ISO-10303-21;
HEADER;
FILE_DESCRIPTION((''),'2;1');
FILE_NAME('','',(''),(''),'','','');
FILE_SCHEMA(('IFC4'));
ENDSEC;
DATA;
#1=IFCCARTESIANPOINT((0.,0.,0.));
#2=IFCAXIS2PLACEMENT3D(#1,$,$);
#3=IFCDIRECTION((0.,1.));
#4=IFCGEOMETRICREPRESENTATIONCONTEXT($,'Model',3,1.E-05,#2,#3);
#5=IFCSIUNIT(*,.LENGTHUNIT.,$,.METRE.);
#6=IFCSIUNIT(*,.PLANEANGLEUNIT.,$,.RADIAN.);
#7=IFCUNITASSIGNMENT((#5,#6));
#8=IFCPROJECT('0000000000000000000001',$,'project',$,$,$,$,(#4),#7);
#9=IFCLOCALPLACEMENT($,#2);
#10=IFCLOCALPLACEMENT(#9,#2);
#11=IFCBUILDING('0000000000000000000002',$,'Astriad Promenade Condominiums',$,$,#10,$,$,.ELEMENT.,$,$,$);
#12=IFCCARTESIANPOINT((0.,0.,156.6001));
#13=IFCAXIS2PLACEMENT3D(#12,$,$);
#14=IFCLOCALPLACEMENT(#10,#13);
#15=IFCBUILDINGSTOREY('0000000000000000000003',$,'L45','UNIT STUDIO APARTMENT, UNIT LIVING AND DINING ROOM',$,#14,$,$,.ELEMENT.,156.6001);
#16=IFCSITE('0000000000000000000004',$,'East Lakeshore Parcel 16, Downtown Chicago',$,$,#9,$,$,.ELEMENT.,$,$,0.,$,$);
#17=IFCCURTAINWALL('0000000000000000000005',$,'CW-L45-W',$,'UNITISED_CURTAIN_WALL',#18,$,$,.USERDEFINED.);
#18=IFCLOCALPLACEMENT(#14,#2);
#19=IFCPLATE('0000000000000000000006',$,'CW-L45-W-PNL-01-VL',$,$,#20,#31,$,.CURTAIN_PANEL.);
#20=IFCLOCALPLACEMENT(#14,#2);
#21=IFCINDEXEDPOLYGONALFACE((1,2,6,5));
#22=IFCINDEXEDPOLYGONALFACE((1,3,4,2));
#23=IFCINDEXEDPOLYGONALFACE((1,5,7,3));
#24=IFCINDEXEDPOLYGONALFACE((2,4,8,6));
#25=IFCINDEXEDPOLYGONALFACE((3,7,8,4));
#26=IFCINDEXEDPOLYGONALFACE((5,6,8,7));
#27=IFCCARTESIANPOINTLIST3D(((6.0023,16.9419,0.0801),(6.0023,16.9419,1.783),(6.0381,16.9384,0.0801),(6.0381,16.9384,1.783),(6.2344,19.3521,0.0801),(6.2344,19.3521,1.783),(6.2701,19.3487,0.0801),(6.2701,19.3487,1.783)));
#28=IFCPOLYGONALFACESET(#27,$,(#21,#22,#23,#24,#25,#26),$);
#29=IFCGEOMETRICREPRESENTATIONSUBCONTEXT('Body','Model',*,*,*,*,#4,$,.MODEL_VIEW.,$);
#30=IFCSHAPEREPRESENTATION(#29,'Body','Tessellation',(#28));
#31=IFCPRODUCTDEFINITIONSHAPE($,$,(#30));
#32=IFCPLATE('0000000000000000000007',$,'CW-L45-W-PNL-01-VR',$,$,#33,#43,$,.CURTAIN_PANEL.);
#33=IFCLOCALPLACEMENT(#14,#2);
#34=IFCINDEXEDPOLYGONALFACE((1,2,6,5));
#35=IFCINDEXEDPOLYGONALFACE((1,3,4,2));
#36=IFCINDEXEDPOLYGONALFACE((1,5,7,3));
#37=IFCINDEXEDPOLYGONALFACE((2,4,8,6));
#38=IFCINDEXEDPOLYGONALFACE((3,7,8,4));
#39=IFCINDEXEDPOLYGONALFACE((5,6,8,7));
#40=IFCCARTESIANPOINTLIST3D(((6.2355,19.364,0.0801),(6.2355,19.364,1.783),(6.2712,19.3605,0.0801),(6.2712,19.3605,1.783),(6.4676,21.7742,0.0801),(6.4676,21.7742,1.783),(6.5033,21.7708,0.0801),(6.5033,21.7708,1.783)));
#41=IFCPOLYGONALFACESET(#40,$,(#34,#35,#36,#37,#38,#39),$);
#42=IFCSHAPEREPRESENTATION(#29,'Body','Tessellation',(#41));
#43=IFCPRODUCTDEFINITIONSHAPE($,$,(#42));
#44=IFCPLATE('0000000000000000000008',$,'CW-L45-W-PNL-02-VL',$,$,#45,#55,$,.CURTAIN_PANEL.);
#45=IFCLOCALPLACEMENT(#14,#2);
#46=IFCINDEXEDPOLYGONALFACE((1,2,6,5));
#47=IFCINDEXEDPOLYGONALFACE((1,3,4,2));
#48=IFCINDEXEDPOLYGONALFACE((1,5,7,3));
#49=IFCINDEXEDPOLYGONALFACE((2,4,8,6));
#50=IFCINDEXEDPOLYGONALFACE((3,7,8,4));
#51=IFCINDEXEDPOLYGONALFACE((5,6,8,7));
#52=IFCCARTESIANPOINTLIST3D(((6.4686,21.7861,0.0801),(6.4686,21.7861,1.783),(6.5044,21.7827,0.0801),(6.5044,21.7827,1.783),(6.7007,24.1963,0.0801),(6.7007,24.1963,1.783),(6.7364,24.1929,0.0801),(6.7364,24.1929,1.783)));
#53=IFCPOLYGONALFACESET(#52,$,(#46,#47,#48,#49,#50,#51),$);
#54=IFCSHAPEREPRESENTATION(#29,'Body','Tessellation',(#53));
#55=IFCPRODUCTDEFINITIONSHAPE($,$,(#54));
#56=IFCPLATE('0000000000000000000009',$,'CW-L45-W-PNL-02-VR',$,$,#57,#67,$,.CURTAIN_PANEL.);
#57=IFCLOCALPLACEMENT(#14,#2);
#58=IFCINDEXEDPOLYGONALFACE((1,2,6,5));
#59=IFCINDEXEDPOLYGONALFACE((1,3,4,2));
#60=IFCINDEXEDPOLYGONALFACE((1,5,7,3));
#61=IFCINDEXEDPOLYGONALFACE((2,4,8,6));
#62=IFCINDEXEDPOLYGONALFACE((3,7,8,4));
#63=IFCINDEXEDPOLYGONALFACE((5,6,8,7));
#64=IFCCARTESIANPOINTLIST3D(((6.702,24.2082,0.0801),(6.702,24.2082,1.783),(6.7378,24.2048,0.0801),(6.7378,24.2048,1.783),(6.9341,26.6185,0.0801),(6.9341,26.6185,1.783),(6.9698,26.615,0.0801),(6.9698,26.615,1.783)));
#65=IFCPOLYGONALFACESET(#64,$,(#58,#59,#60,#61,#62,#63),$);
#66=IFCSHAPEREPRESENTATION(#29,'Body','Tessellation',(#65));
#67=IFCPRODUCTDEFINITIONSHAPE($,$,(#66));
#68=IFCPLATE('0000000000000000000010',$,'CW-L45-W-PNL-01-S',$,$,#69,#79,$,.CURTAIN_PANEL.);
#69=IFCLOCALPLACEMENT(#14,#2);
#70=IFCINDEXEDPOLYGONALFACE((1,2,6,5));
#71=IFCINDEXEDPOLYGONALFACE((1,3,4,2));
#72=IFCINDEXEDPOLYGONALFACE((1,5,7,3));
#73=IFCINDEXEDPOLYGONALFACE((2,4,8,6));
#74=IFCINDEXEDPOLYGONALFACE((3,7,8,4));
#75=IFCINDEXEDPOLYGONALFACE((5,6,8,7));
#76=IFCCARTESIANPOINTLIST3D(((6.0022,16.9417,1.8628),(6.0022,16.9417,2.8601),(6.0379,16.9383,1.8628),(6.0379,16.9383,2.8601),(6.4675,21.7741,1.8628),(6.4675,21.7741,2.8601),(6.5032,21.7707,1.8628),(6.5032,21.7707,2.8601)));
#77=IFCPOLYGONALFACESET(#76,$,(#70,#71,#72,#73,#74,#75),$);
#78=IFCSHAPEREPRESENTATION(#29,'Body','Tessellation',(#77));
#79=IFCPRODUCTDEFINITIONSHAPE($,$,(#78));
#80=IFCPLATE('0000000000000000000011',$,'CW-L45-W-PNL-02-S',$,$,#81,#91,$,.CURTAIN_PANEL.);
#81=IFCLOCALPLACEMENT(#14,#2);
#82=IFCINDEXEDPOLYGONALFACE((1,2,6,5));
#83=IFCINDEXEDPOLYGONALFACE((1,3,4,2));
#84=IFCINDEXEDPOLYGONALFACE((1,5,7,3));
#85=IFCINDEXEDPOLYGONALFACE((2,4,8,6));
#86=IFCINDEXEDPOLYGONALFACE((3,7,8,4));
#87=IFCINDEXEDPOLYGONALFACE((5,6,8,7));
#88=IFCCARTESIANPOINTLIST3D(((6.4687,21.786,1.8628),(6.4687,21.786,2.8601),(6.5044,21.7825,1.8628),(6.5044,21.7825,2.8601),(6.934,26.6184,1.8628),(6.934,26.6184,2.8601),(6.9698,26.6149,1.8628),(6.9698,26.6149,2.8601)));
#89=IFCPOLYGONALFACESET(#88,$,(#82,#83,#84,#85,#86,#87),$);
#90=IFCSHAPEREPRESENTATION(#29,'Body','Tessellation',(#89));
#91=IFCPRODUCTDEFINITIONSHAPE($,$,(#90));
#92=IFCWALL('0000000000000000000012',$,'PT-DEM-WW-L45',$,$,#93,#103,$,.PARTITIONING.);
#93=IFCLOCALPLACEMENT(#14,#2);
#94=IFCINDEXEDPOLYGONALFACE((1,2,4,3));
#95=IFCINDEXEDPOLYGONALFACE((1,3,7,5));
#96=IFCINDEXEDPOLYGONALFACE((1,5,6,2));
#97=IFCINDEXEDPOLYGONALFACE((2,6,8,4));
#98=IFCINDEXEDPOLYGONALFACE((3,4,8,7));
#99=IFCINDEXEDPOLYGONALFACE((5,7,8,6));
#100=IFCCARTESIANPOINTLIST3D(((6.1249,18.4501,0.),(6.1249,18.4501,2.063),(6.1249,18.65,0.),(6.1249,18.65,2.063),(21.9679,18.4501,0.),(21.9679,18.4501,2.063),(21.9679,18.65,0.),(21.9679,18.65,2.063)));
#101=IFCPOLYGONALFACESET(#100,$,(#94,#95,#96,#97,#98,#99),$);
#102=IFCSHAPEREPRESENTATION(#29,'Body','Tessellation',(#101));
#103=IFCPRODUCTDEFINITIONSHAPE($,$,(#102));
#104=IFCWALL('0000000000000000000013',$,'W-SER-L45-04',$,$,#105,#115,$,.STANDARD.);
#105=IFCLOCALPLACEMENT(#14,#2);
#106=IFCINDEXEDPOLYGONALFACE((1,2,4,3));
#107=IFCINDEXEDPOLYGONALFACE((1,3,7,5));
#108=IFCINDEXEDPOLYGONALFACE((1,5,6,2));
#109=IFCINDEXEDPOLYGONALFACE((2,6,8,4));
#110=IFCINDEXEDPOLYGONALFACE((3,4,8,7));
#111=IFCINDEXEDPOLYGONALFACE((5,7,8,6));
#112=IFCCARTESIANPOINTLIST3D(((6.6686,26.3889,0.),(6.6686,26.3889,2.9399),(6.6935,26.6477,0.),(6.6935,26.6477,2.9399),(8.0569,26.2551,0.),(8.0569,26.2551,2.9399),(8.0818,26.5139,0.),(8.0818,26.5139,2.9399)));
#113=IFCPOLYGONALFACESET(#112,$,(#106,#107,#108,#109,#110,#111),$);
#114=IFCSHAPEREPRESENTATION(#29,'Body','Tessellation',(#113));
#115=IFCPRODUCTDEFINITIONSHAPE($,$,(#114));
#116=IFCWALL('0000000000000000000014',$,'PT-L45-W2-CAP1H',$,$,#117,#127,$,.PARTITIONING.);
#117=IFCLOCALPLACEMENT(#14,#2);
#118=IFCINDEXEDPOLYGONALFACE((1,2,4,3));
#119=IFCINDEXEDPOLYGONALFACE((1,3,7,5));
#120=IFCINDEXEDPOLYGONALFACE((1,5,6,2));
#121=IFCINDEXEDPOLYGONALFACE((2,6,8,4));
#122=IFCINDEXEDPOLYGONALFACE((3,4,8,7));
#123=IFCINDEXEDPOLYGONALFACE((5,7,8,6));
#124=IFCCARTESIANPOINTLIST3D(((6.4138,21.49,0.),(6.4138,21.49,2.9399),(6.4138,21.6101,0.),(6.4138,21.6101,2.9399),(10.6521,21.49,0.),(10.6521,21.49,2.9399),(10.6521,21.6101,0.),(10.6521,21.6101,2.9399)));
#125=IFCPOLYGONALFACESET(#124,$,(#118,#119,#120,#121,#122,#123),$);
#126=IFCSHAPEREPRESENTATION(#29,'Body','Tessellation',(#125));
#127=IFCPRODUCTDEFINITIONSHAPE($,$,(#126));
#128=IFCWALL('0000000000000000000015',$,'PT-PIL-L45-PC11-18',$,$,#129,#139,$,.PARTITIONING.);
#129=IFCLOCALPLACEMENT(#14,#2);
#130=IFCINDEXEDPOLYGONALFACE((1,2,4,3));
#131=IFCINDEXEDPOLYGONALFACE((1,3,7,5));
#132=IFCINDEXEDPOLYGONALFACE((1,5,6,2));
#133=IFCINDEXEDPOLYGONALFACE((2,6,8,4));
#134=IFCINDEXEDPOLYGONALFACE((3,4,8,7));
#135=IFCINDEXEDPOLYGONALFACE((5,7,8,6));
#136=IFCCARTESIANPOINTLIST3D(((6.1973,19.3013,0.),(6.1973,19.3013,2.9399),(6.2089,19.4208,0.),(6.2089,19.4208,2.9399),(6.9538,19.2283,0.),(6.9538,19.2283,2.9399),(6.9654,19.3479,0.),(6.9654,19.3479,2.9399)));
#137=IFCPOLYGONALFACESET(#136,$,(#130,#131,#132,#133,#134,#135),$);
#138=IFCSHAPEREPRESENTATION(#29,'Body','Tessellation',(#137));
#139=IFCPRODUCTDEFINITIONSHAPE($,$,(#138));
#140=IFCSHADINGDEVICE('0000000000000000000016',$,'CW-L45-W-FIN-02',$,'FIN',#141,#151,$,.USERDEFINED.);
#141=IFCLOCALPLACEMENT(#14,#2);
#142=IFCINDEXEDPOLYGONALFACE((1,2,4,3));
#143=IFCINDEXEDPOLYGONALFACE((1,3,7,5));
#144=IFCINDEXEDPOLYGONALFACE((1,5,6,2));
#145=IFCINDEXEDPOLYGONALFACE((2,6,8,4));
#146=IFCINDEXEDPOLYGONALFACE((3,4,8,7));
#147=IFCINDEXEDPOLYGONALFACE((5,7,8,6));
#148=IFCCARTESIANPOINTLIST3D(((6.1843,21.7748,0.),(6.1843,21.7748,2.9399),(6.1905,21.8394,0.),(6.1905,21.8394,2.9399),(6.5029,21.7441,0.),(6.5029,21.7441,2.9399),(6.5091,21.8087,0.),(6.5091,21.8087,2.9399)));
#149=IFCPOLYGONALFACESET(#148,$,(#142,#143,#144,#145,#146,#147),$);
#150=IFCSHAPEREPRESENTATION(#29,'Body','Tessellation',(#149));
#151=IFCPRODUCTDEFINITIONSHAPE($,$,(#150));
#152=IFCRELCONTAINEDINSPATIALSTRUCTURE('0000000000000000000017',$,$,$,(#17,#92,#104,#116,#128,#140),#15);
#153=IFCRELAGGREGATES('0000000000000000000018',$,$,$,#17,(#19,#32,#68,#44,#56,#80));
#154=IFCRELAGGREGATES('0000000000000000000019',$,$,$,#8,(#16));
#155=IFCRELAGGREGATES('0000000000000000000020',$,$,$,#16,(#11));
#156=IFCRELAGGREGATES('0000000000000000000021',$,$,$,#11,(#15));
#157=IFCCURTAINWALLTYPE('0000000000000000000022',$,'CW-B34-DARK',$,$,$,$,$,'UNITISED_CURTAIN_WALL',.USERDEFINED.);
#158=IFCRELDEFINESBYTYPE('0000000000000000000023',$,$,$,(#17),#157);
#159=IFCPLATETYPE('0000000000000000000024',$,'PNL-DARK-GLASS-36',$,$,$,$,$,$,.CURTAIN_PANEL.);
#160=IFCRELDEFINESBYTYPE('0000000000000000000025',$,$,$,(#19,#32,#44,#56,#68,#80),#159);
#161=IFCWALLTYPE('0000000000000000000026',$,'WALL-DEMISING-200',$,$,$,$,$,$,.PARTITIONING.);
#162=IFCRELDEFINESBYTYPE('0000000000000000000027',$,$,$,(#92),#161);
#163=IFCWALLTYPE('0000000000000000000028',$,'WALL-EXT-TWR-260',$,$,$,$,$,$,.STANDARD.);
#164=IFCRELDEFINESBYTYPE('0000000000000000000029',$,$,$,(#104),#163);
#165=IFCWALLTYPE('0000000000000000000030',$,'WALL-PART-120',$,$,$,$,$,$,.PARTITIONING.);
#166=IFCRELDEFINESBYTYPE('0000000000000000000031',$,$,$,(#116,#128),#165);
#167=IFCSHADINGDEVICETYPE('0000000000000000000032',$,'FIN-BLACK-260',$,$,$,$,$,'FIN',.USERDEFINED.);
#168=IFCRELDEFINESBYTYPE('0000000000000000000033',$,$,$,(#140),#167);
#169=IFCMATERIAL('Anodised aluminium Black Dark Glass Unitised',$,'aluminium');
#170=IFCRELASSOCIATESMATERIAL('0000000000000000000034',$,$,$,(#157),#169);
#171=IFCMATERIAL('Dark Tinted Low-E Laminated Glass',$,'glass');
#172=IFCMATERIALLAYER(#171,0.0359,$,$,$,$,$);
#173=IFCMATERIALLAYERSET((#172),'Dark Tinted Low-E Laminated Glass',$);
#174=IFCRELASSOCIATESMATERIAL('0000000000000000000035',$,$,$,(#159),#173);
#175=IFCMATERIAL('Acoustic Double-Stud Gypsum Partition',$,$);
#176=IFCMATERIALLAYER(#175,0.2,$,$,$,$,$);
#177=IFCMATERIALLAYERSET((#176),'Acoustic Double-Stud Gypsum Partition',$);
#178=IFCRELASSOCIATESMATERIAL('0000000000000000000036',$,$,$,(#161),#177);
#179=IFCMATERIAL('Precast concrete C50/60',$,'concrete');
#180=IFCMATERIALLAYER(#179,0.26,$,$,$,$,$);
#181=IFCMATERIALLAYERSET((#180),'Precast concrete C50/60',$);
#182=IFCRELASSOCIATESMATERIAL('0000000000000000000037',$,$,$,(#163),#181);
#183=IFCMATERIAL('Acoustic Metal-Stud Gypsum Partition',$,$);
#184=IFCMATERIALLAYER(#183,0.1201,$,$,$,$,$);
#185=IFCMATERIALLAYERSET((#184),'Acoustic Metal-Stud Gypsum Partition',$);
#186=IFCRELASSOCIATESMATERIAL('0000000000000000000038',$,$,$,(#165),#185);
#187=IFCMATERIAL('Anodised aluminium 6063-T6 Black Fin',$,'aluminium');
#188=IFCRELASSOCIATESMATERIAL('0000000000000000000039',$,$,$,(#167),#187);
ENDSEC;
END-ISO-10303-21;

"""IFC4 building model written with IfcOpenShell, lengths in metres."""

from ifc_helpers import new_model, si_unit, direction, frame, frame_2d, origin, origin_2d, place, context, subcontext, project, spatial, rectangle, extrude, source, transform, mapped, material, layer, layer_set, type_object, type_shapes, element, aggregate, save


model = new_model("IFC4")

# Units and contexts
model_context = context("Model", 3, precision=1e-05, world=origin(), true_north=direction((0.0, 1.0)))
body_context = subcontext(model_context, "Body", "Model", "MODEL_VIEW")
ifc_project = project(units=[si_unit("LENGTHUNIT", "METRE"), si_unit("PLANEANGLEUNIT", "RADIAN")], contexts=[model_context])

# Site, building, storey
site_placement = place(None, origin())
site = spatial("IfcSite", under=ifc_project, at=site_placement, Name="East Lakeshore Parcel 16, Downtown Chicago", CompositionType="ELEMENT", RefElevation=0.0)
building_placement = place(site_placement, origin())
building = spatial("IfcBuilding", under=site, at=building_placement, Name="Astriad Promenade Condominiums", CompositionType="ELEMENT")
storey_placement = place(building_placement, frame((0.0, 0.0, 156.6001)))
storey = spatial("IfcBuildingStorey", under=building, at=storey_placement, Name="L45", Description="UNIT STUDIO APARTMENT, UNIT LIVING AND DINING ROOM", CompositionType="ELEMENT", Elevation=156.6001)

# Curtain wall, plates
ifc_material_1 = material(Name="Anodised aluminium Black Dark Glass Unitised", Category="aluminium")
curtain_wall_type = type_object("IfcCurtainWallType", Name="CW-B34-DARK", ElementType="UNITISED_CURTAIN_WALL", PredefinedType="USERDEFINED", material=ifc_material_1)
curtain_wall_placement = place(storey_placement, origin())
curtain_wall = element("IfcCurtainWall", 1, at=curtain_wall_placement, inside=storey, type_object=curtain_wall_type, Name="CW-L45-W", ObjectType="UNITISED_CURTAIN_WALL", PredefinedType="USERDEFINED")
ifc_material_2 = material(Name="Dark Tinted Low-E Laminated Glass", Category="glass")
ifc_layer_1 = layer(ifc_material_2, 0.0359)
ifc_layer_set_1 = layer_set([ifc_layer_1], Name="Dark Tinted Low-E Laminated Glass")
plate_type = type_object("IfcPlateType", Name="PNL-DARK-GLASS-36", PredefinedType="CURTAIN_PANEL", material=ifc_layer_set_1)
shared_shape_1 = source(origin(), body_context, "Body", "SweptSolid", [
    extrude(rectangle(XDim=2.4214, YDim=0.0359, at=origin_2d()), origin(), (0.0, 0.0, 1.0), 1.7029),
])
plate_1_placement = place(storey_placement, frame((6.1362, 18.1453, 0.0801), z_axis=(0.0, 0.0, 1.0), x_axis=(0.095846, 0.995396, 0.0)))
plate_1 = element("IfcPlate", 2, at=plate_1_placement, type_object=plate_type, Name="CW-L45-W-PNL-01-VL", PredefinedType="CURTAIN_PANEL", context=body_context, shape_type="MappedRepresentation", body=[
    mapped(shared_shape_1, transform((0.0, 0.0, 0.0), scale=1.0)),
])
plate_2_placement = place(storey_placement, frame((6.3694, 20.5674, 0.0801), z_axis=(0.0, 0.0, 1.0), x_axis=(0.095846, 0.995396, 0.0)))
plate_2 = element("IfcPlate", 3, at=plate_2_placement, type_object=plate_type, Name="CW-L45-W-PNL-01-VR", PredefinedType="CURTAIN_PANEL", context=body_context, shape_type="MappedRepresentation", body=[
    mapped(shared_shape_1, transform((0.0, 0.0, 0.0), scale=1.0)),
])
plate_3_placement = place(storey_placement, frame((6.6025, 22.9895, 0.0801), z_axis=(0.0, 0.0, 1.0), x_axis=(0.095846, 0.995396, 0.0)))
plate_3 = element("IfcPlate", 4, at=plate_3_placement, type_object=plate_type, Name="CW-L45-W-PNL-02-VL", PredefinedType="CURTAIN_PANEL", context=body_context, shape_type="MappedRepresentation", body=[
    mapped(shared_shape_1, transform((0.0, 0.0, 0.0), scale=1.0)),
])
plate_4_placement = place(storey_placement, frame((6.8359, 25.4116, 0.0801), z_axis=(0.0, 0.0, 1.0), x_axis=(0.095846, 0.995396, 0.0)))
plate_4 = element("IfcPlate", 5, at=plate_4_placement, type_object=plate_type, Name="CW-L45-W-PNL-02-VR", PredefinedType="CURTAIN_PANEL", context=body_context, shape_type="MappedRepresentation", body=[
    mapped(shared_shape_1, transform((0.0, 0.0, 0.0), scale=1.0)),
])
shared_shape_2 = source(origin(), body_context, "Body", "SweptSolid", [
    extrude(rectangle(XDim=4.8547, YDim=0.0359, at=origin_2d()), origin(), (0.0, 0.0, 1.0), 0.9973),
])
type_shapes(plate_type, [shared_shape_1, shared_shape_2])
plate_5_placement = place(storey_placement, frame((6.2527, 19.3562, 1.8628), z_axis=(0.0, 0.0, 1.0), x_axis=(0.095846, 0.995396, 0.0)))
plate_5 = element("IfcPlate", 6, at=plate_5_placement, type_object=plate_type, Name="CW-L45-W-PNL-01-S", PredefinedType="CURTAIN_PANEL", context=body_context, shape_type="MappedRepresentation", body=[
    mapped(shared_shape_2, transform((0.0, 0.0, 0.0), scale=1.0)),
])
plate_6_placement = place(storey_placement, frame((6.7192, 24.2004, 1.8628), z_axis=(0.0, 0.0, 1.0), x_axis=(0.095846, 0.995396, 0.0)))
plate_6 = element("IfcPlate", 7, at=plate_6_placement, type_object=plate_type, Name="CW-L45-W-PNL-02-S", PredefinedType="CURTAIN_PANEL", context=body_context, shape_type="MappedRepresentation", body=[
    mapped(shared_shape_2, transform((0.0, 0.0, 0.0), scale=1.0)),
])
aggregate(curtain_wall, [plate_1, plate_2, plate_5, plate_3, plate_4, plate_6])

# Walls
ifc_material_3 = material(Name="Acoustic Double-Stud Gypsum Partition")
ifc_layer_2 = layer(ifc_material_3, 0.2)
ifc_layer_set_2 = layer_set([ifc_layer_2], Name="Acoustic Double-Stud Gypsum Partition")
wall_type_1 = type_object("IfcWallType", Name="WALL-DEMISING-200", PredefinedType="PARTITIONING", material=ifc_layer_set_2)
wall_1_placement = place(storey_placement, frame((6.125, 18.55, 0.0), z_axis=(0.0, 0.0, 1.0), x_axis=(1.0, 0.0, 0.0)))
element("IfcWall", 8, at=wall_1_placement, inside=storey, type_object=wall_type_1, Name="PT-DEM-WW-L45", PredefinedType="PARTITIONING", context=body_context, shape_type="SweptSolid", body=[
    extrude(rectangle(XDim=15.843, YDim=0.2, at=frame_2d((7.9214, 0.0))), origin(), (0.0, 0.0, 1.0), 2.063),
])
ifc_material_4 = material(Name="Precast concrete C50/60", Category="concrete")
ifc_layer_3 = layer(ifc_material_4, 0.26)
ifc_layer_set_3 = layer_set([ifc_layer_3], Name="Precast concrete C50/60")
wall_type_2 = type_object("IfcWallType", Name="WALL-EXT-TWR-260", PredefinedType="STANDARD", material=ifc_layer_set_3)
wall_2_placement = place(storey_placement, frame((6.6812, 26.5183, 0.0), z_axis=(0.0, 0.0, 1.0), x_axis=(0.995389, -0.095916, 0.0)))
element("IfcWall", 9, at=wall_2_placement, inside=storey, type_object=wall_type_2, Name="W-SER-L45-04", PredefinedType="STANDARD", context=body_context, shape_type="SweptSolid", body=[
    extrude(rectangle(XDim=1.3948, YDim=0.26, at=frame_2d((0.6973, 0.0))), origin(), (0.0, 0.0, 1.0), 2.9399),
])
ifc_material_5 = material(Name="Acoustic Metal-Stud Gypsum Partition")
ifc_layer_4 = layer(ifc_material_5, 0.1201)
ifc_layer_set_4 = layer_set([ifc_layer_4], Name="Acoustic Metal-Stud Gypsum Partition")
wall_type_3 = type_object("IfcWallType", Name="WALL-PART-120", PredefinedType="PARTITIONING", material=ifc_layer_set_4)
wall_3_placement = place(storey_placement, frame((6.4138, 21.55, 0.0), z_axis=(0.0, 0.0, 1.0), x_axis=(1.0, 0.0, 0.0)))
element("IfcWall", 10, at=wall_3_placement, inside=storey, type_object=wall_type_3, Name="PT-L45-W2-CAP1H", PredefinedType="PARTITIONING", context=body_context, shape_type="SweptSolid", body=[
    extrude(rectangle(XDim=4.2383, YDim=0.1201, at=frame_2d((2.1191, 0.0))), origin(), (0.0, 0.0, 1.0), 2.9399),
])
wall_4_placement = place(storey_placement, frame((6.9595, 19.2881, 0.0), z_axis=(0.0, 0.0, 1.0), x_axis=(-0.995378, 0.096037, 0.0)))
element("IfcWall", 11, at=wall_4_placement, inside=storey, type_object=wall_type_3, Name="PT-PIL-L45-PC11-18", PredefinedType="PARTITIONING", context=body_context, shape_type="SweptSolid", body=[
    extrude(rectangle(XDim=0.76, YDim=0.1201, at=frame_2d((0.3799, 0.0))), origin(), (0.0, 0.0, 1.0), 2.9399),
])

# Shading device
ifc_material_6 = material(Name="Anodised aluminium 6063-T6 Black Fin", Category="aluminium")
shading_device_type = type_object("IfcShadingDeviceType", Name="FIN-BLACK-260", ElementType="FIN", PredefinedType="USERDEFINED", material=ifc_material_6)
shared_shape_3 = source(origin(), body_context, "Body", "SweptSolid", [
    extrude(rectangle(XDim=0.0649, YDim=0.3201, at=origin_2d()), origin(), (0.0, 0.0, 1.0), 2.9399),
])
type_shapes(shading_device_type, [shared_shape_3])
shading_device_placement = place(storey_placement, frame((6.3467, 21.7917, 0.0), z_axis=(0.0, 0.0, 1.0), x_axis=(0.095846, 0.995396, 0.0)))
element("IfcShadingDevice", 12, at=shading_device_placement, inside=storey, type_object=shading_device_type, Name="CW-L45-W-FIN-02", ObjectType="FIN", PredefinedType="USERDEFINED", context=body_context, shape_type="MappedRepresentation", body=[
    mapped(shared_shape_3, transform((0.0, 0.0, 0.0), scale=1.0)),
])

save(model, "model.ifc")
